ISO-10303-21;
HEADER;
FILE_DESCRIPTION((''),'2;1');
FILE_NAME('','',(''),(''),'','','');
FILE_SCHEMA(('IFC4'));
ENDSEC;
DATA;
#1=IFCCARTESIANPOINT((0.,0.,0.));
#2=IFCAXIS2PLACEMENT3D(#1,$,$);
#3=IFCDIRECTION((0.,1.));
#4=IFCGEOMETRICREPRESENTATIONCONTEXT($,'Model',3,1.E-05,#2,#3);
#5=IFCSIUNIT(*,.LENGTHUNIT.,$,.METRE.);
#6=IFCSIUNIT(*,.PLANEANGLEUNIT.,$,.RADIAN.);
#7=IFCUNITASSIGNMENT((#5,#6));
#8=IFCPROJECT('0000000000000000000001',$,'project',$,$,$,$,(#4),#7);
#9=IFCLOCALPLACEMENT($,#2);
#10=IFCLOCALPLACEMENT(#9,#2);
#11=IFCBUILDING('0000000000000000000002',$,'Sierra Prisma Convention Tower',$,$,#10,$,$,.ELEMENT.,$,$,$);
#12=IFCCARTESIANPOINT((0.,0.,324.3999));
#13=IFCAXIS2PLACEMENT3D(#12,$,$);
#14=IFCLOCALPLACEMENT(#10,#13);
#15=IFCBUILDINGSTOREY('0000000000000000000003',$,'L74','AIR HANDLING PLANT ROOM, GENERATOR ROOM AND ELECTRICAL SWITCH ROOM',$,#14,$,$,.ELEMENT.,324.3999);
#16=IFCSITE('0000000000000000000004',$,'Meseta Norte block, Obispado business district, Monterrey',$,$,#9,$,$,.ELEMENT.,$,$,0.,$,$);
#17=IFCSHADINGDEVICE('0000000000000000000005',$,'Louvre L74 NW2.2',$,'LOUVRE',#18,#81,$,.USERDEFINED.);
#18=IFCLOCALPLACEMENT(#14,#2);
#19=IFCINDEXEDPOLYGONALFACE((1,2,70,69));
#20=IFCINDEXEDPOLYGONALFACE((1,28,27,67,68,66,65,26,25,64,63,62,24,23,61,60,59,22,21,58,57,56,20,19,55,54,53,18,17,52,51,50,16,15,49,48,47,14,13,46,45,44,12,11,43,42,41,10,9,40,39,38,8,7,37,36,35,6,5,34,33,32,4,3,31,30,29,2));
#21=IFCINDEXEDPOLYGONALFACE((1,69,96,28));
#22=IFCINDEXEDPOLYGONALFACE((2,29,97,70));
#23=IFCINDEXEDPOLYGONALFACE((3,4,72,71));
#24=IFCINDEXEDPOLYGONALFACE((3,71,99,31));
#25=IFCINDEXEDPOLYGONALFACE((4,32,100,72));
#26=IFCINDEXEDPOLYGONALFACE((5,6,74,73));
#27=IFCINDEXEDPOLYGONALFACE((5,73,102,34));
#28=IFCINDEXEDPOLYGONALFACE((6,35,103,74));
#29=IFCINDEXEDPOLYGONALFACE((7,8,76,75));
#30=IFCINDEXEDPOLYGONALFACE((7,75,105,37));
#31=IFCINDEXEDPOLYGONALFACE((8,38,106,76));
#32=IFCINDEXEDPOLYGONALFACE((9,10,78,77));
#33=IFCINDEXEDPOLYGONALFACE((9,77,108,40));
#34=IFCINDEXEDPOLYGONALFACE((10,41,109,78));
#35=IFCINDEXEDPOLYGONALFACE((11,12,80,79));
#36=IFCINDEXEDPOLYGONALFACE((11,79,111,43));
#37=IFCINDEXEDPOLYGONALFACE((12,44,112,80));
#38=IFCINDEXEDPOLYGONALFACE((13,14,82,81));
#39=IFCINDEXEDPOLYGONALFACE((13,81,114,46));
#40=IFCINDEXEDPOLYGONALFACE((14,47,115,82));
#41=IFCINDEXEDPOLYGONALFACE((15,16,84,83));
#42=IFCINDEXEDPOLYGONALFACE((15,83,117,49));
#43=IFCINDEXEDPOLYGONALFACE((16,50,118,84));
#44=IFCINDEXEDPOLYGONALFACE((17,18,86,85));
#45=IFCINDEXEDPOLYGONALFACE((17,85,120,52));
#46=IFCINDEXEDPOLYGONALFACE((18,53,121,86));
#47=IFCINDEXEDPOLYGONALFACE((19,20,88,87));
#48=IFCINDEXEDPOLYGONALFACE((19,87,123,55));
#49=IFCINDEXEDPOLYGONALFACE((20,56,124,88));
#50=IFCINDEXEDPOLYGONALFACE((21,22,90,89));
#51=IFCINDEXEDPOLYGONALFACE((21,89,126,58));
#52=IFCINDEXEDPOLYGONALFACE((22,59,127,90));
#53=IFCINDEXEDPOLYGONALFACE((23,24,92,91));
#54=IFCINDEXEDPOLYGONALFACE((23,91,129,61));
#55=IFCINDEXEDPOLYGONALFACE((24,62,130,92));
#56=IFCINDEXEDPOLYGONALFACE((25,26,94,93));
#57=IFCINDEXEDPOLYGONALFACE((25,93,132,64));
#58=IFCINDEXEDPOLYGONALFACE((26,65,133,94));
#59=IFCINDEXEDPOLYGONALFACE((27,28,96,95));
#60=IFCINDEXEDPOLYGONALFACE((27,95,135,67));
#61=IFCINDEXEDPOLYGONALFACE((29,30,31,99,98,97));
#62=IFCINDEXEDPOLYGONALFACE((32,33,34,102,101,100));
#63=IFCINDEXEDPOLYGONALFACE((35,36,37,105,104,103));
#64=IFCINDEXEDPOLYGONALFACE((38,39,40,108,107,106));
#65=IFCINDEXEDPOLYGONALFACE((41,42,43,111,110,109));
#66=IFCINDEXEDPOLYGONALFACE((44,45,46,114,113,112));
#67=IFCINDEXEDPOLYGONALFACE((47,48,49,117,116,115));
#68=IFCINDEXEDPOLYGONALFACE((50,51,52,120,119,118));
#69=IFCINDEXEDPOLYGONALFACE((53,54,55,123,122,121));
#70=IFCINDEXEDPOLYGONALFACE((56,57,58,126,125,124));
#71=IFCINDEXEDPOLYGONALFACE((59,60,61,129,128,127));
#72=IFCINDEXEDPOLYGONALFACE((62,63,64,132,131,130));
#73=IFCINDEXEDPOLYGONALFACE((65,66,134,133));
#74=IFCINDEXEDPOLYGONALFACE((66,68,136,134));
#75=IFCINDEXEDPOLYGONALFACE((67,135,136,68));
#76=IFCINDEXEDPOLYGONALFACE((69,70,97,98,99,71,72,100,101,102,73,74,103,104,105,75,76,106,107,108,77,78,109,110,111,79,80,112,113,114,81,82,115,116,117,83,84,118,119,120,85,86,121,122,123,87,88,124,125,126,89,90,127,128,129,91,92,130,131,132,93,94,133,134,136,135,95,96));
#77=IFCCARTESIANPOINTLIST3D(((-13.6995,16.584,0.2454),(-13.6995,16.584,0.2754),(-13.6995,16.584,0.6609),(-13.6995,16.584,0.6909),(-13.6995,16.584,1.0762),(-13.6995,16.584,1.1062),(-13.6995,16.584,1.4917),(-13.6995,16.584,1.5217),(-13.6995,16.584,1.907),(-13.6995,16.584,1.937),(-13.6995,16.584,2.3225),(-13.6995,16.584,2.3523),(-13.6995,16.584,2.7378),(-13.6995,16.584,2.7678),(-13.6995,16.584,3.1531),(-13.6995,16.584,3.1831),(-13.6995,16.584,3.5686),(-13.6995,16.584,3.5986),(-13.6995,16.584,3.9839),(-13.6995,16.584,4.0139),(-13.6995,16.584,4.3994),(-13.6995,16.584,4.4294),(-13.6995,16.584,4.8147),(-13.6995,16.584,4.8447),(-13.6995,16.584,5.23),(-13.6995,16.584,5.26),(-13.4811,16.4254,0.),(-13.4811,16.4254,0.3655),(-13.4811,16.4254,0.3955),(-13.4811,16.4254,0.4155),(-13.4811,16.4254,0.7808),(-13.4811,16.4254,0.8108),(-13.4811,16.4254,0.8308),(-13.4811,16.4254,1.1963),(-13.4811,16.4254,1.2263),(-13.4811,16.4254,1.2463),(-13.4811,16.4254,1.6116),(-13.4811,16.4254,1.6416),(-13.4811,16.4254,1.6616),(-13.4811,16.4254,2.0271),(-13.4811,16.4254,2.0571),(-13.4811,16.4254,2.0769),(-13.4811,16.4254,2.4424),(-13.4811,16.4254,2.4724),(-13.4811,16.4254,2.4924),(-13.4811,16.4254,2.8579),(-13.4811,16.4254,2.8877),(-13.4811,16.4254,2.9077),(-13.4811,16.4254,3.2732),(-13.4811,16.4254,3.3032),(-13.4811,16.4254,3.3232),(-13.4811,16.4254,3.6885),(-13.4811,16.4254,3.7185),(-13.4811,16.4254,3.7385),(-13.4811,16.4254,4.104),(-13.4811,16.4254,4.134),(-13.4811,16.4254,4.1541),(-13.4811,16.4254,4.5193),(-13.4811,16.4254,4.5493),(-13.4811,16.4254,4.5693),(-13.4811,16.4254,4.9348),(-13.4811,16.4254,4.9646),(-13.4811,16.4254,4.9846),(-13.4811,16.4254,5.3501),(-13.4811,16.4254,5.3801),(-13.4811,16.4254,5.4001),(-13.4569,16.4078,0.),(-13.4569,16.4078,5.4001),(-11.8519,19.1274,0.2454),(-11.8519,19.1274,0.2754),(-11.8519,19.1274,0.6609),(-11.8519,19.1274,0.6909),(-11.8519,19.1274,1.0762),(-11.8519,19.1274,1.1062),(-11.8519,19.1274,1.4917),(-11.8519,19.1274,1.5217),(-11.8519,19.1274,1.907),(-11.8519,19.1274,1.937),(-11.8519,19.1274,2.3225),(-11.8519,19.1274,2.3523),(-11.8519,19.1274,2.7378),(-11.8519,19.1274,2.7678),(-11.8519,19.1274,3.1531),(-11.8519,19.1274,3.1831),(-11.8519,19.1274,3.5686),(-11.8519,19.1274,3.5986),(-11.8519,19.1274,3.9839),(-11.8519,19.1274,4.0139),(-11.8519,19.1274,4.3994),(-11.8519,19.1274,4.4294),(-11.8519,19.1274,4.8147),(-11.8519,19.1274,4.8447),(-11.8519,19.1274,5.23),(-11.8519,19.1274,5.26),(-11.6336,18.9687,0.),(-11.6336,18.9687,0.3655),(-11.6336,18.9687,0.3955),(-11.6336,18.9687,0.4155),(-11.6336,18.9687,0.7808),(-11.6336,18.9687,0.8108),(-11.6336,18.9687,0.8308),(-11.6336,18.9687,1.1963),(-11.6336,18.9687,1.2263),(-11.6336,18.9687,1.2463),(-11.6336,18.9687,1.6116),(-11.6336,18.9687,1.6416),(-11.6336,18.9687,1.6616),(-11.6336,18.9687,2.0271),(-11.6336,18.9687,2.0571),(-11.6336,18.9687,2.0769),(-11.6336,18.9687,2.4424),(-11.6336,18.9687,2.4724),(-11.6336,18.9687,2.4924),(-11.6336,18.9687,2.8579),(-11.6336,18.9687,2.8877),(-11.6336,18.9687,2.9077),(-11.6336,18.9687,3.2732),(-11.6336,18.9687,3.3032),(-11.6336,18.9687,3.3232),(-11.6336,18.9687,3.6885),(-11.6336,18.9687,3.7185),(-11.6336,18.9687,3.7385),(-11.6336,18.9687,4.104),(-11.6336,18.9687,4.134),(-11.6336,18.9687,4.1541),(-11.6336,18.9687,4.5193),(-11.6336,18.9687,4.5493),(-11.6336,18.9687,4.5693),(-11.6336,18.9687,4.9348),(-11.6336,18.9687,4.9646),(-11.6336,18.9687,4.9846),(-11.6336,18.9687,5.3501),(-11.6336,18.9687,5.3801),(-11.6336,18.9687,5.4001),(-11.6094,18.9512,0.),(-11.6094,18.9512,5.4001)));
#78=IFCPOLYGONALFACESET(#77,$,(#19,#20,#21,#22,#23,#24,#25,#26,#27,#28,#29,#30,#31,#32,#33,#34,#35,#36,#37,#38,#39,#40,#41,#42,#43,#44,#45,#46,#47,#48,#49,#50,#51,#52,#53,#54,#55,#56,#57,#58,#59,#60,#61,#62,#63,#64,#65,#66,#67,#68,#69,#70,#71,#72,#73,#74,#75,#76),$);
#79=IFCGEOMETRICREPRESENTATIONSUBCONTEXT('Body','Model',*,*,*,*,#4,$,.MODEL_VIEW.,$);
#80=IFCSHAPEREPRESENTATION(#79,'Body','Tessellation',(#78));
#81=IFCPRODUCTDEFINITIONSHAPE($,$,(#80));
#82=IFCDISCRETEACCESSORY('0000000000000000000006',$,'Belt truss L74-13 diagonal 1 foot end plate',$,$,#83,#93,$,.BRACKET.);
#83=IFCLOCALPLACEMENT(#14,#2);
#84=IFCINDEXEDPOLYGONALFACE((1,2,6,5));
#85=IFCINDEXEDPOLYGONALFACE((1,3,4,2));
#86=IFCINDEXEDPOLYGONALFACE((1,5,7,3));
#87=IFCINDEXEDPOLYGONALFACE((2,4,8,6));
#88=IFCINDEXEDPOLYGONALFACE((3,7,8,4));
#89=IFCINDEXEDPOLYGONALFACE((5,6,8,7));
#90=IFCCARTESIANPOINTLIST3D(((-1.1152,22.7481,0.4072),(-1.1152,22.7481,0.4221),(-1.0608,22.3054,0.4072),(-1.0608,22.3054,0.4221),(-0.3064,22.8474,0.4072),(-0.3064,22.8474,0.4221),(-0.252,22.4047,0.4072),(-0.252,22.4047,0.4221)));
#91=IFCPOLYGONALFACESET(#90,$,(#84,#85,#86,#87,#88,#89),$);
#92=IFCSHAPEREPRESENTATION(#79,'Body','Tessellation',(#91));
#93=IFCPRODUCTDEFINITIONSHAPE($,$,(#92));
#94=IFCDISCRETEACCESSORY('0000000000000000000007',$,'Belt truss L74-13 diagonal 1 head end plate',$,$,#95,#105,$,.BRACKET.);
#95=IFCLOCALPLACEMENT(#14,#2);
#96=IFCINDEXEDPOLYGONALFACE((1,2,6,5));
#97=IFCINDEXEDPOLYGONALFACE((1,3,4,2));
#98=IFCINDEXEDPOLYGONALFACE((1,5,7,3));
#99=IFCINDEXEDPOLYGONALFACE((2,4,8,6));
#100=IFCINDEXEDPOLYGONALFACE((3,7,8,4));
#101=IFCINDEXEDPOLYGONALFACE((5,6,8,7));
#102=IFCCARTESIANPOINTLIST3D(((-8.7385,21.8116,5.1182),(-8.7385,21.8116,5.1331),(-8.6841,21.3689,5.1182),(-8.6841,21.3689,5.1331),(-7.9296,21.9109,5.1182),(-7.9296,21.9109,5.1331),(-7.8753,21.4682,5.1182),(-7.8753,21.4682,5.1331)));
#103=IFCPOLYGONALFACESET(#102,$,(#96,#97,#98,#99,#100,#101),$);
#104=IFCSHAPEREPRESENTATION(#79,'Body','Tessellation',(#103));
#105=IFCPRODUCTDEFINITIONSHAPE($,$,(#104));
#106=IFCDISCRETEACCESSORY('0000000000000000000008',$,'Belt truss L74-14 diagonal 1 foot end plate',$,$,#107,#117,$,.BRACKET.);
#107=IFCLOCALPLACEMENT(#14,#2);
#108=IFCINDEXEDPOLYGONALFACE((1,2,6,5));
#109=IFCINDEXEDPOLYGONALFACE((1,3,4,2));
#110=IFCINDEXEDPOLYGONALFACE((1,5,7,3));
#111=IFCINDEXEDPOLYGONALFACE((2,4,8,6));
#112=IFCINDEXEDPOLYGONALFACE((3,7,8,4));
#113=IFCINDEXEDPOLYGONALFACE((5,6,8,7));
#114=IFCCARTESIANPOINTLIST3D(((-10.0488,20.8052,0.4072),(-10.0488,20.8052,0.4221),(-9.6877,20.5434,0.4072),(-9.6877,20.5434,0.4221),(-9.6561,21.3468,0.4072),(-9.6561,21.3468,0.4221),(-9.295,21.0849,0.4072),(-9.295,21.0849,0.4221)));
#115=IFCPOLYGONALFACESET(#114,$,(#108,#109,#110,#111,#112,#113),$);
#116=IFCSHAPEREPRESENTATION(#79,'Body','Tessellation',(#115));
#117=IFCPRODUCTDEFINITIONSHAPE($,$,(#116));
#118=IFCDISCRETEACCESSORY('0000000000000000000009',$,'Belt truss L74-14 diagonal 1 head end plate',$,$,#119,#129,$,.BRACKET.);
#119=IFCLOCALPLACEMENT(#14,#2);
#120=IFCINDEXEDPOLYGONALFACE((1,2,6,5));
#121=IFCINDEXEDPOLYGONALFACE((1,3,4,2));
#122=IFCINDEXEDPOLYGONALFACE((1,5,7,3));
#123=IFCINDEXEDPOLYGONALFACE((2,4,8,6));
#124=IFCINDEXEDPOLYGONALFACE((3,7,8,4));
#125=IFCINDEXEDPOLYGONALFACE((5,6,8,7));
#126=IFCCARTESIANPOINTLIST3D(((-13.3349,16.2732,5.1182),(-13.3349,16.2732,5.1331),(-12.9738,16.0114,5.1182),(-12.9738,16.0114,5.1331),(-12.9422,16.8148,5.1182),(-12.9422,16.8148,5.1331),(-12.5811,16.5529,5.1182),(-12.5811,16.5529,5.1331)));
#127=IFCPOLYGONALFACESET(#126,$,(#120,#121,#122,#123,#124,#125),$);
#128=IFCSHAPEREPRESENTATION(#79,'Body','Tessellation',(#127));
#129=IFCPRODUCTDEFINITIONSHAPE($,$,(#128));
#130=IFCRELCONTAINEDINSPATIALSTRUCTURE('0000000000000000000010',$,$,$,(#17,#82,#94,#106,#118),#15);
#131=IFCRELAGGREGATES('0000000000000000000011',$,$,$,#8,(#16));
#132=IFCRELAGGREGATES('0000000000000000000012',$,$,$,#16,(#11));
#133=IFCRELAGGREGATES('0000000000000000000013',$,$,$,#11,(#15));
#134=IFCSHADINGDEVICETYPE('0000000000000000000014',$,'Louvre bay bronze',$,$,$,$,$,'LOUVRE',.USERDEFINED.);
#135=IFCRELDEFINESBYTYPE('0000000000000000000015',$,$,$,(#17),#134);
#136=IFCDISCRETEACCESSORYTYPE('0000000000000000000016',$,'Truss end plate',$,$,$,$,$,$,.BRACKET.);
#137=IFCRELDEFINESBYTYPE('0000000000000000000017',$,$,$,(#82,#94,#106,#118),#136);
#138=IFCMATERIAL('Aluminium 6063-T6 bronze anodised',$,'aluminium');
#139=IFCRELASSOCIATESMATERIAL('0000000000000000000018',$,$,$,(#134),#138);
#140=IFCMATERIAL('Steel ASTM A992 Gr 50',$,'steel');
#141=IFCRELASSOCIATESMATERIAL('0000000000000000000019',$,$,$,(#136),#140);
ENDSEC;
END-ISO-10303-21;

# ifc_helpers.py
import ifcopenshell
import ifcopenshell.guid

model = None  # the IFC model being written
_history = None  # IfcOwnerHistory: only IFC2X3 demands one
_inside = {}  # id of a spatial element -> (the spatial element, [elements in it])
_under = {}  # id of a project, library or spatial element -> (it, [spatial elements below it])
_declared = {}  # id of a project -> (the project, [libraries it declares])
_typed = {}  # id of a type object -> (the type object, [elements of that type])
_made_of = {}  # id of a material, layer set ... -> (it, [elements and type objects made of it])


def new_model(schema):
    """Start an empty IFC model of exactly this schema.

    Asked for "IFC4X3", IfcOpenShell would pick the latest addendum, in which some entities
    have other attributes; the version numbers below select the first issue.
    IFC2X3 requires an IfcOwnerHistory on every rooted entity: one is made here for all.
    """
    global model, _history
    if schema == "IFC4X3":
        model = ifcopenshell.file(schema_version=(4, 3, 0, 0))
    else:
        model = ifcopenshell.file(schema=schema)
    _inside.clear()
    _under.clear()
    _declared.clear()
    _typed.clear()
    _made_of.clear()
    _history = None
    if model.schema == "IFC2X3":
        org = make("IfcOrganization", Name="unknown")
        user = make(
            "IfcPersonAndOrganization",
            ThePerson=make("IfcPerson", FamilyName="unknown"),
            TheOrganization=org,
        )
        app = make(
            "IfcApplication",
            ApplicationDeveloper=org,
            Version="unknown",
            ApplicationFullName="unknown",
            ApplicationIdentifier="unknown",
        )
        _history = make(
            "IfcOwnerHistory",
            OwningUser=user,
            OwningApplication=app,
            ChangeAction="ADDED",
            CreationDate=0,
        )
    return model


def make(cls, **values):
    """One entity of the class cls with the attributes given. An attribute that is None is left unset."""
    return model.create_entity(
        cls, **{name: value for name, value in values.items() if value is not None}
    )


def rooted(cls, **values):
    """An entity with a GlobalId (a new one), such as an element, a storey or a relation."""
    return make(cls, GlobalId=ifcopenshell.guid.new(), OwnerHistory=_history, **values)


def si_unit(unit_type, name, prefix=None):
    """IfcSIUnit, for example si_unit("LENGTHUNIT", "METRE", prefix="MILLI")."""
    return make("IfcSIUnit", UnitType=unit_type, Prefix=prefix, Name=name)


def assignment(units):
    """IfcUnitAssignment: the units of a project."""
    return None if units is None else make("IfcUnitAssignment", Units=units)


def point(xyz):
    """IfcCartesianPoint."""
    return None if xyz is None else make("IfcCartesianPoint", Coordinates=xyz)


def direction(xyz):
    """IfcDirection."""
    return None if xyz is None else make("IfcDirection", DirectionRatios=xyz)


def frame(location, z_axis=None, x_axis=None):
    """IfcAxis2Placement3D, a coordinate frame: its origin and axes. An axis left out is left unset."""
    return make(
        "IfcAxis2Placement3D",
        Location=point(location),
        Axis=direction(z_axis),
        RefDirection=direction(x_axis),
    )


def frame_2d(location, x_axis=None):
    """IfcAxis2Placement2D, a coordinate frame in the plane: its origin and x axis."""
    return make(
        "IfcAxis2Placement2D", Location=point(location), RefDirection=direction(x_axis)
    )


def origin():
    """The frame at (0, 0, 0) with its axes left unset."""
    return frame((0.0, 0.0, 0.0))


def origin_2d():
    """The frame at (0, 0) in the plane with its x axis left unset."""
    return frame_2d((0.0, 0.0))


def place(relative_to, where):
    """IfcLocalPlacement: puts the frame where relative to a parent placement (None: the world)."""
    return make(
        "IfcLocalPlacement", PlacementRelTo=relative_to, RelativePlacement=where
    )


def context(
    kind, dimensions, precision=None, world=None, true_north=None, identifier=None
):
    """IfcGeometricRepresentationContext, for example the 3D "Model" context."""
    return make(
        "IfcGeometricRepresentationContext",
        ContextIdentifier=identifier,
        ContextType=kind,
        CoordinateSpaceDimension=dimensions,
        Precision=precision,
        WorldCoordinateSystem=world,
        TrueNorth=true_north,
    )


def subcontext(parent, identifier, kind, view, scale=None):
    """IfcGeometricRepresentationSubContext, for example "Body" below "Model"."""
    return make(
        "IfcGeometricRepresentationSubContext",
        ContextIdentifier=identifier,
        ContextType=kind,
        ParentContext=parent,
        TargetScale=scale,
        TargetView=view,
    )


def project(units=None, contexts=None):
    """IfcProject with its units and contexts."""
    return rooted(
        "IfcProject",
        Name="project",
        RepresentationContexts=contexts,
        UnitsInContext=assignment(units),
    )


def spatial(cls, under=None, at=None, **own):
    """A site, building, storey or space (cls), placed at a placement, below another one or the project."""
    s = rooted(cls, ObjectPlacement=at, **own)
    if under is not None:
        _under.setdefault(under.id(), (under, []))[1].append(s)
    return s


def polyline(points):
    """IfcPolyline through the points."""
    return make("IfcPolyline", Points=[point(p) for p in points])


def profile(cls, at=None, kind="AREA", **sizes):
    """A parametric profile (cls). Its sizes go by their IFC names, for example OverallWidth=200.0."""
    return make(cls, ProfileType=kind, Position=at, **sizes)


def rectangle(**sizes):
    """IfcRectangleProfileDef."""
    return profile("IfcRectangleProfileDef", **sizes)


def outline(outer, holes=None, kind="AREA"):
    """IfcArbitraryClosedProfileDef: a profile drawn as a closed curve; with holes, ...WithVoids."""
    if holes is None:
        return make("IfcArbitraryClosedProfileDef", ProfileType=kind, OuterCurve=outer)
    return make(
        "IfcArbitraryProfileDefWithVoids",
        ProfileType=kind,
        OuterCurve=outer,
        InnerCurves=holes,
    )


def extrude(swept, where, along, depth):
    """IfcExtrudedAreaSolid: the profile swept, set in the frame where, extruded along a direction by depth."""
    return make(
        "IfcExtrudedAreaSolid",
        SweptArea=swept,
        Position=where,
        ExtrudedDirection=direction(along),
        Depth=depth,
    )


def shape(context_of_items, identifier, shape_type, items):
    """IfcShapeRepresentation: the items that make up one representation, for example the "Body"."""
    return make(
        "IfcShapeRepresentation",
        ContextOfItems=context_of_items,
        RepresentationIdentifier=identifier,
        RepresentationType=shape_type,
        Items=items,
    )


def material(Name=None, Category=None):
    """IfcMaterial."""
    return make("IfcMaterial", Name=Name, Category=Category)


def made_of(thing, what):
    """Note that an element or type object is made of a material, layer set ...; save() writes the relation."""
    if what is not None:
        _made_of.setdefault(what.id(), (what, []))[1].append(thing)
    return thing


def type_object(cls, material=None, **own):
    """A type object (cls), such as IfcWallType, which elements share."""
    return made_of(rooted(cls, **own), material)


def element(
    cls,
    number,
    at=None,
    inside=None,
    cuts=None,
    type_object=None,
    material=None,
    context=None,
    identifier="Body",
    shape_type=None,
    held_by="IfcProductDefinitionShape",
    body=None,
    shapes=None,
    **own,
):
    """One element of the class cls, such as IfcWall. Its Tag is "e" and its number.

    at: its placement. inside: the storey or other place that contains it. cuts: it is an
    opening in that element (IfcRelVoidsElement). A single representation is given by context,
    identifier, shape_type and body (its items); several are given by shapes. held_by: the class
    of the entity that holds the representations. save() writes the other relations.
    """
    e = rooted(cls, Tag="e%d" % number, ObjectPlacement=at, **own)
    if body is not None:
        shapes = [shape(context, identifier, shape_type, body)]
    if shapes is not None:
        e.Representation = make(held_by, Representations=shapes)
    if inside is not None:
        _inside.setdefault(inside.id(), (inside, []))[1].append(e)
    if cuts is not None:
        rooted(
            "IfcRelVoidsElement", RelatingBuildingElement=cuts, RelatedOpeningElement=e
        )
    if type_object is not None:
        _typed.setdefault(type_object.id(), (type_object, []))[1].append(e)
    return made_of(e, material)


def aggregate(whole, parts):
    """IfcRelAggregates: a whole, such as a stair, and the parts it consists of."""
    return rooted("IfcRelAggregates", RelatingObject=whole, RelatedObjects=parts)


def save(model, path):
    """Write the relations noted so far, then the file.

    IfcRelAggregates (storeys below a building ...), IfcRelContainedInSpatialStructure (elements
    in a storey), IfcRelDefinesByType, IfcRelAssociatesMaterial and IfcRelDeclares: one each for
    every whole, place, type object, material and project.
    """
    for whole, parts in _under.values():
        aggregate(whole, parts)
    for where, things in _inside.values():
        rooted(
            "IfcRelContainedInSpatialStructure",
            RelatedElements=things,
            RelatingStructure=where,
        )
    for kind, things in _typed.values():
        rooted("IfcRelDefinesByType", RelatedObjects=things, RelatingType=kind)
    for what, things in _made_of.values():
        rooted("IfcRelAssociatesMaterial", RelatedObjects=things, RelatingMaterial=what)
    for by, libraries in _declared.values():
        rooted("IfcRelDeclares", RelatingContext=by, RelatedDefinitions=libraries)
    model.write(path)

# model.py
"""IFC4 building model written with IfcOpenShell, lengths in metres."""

from ifc_helpers import new_model, si_unit, direction, frame, origin, origin_2d, place, context, subcontext, project, spatial, polyline, rectangle, outline, extrude, material, type_object, element, save


model = new_model("IFC4")

# Units and contexts
model_context = context("Model", 3, precision=1e-05, world=origin(), true_north=direction((0.0, 1.0)))
body_context = subcontext(model_context, "Body", "Model", "MODEL_VIEW")
ifc_project = project(units=[si_unit("LENGTHUNIT", "METRE"), si_unit("PLANEANGLEUNIT", "RADIAN")], contexts=[model_context])

# Site, building, storey
site_placement = place(None, origin())
site = spatial("IfcSite", under=ifc_project, at=site_placement, Name="Meseta Norte block, Obispado business district, Monterrey", CompositionType="ELEMENT", RefElevation=0.0)
building_placement = place(site_placement, origin())
building = spatial("IfcBuilding", under=site, at=building_placement, Name="Sierra Prisma Convention Tower", CompositionType="ELEMENT")
storey_placement = place(building_placement, frame((0.0, 0.0, 324.3999)))
storey = spatial("IfcBuildingStorey", under=building, at=storey_placement, Name="L74", Description="AIR HANDLING PLANT ROOM, GENERATOR ROOM AND ELECTRICAL SWITCH ROOM", CompositionType="ELEMENT", Elevation=324.3999)

# Shading device
ifc_material_1 = material(Name="Aluminium 6063-T6 bronze anodised", Category="aluminium")
shading_device_type = type_object("IfcShadingDeviceType", Name="Louvre bay bronze", ElementType="LOUVRE", PredefinedType="USERDEFINED", material=ifc_material_1)
shading_device_1_placement = place(storey_placement, frame((-11.6094, 18.9512, 0.0), z_axis=(0.587726, 0.80906, 0.0), x_axis=(0.0, 0.0, 1.0)))
element("IfcShadingDevice", 1, at=shading_device_1_placement, inside=storey, type_object=shading_device_type, Name="Louvre L74 NW2.2", ObjectType="LOUVRE", PredefinedType="USERDEFINED", context=body_context, shape_type="SweptSolid", body=[
    extrude(outline(polyline([(0.0, 0.0), (5.4001, 0.0), (5.4001, -0.0299), (5.3801, -0.0299), (5.26, -0.2998), (5.23, -0.2998), (5.3501, -0.0299), (4.9846, -0.0299), (4.9646, -0.0299), (4.8447, -0.2998), (4.8147, -0.2998), (4.9348, -0.0299), (4.5693, -0.0299), (4.5493, -0.0299), (4.4294, -0.2998), (4.3994, -0.2998), (4.5193, -0.0299), (4.1541, -0.0299), (4.134, -0.0299), (4.0139, -0.2998), (3.9839, -0.2998), (4.104, -0.0299), (3.7385, -0.0299), (3.7185, -0.0299), (3.5986, -0.2998), (3.5686, -0.2998), (3.6885, -0.0299), (3.3232, -0.0299), (3.3032, -0.0299), (3.1831, -0.2998), (3.1531, -0.2998), (3.2732, -0.0299), (2.9077, -0.0299), (2.8877, -0.0299), (2.7678, -0.2998), (2.7378, -0.2998), (2.8579, -0.0299), (2.4924, -0.0299), (2.4724, -0.0299), (2.3523, -0.2998), (2.3225, -0.2998), (2.4424, -0.0299), (2.0769, -0.0299), (2.0571, -0.0299), (1.937, -0.2998), (1.907, -0.2998), (2.0271, -0.0299), (1.6616, -0.0299), (1.6416, -0.0299), (1.5217, -0.2998), (1.4917, -0.2998), (1.6116, -0.0299), (1.2463, -0.0299), (1.2263, -0.0299), (1.1062, -0.2998), (1.0762, -0.2998), (1.1963, -0.0299), (0.8308, -0.0299), (0.8108, -0.0299), (0.6909, -0.2998), (0.6609, -0.2998), (0.7808, -0.0299), (0.4155, -0.0299), (0.3955, -0.0299), (0.2754, -0.2998), (0.2454, -0.2998), (0.3655, -0.0299), (0.0, -0.0299), (0.0, 0.0)])), origin(), (0.0, 0.0, -1.0), 3.1436),
])

# Discrete accessories
ifc_material_2 = material(Name="Steel ASTM A992 Gr 50", Category="steel")
discrete_accessory_type = type_object("IfcDiscreteAccessoryType", Name="Truss end plate", PredefinedType="BRACKET", material=ifc_material_2)
for number, where, z_axis, x_axis, name in (
    (2, (-0.6836, 22.5764, 0.4072), (0.0, 0.0, 1.0), (-0.992541, -0.121907, 0.0), "Belt truss L74-13 diagonal 1 foot end plate"),
    (3, (-8.3069, 21.6399, 5.1182), (0.0, 0.0, 1.0), (-0.992541, -0.121907, 0.0), "Belt truss L74-13 diagonal 1 head end plate"),
):
    element("IfcDiscreteAccessory", number, at=place(storey_placement, frame(where, z_axis=z_axis, x_axis=x_axis)), inside=storey, type_object=discrete_accessory_type, Name=name, PredefinedType="BRACKET", context=body_context, shape_type="SweptSolid", body=[
        extrude(rectangle(XDim=0.8149, YDim=0.446, at=origin_2d()), origin(), (0.0, 0.0, 1.0), 0.0149),
    ])
for number, where, z_axis, x_axis, name in (
    (4, (-9.6719, 20.9451, 0.4072), (0.0, 0.0, 1.0), (-0.58703, -0.809565, 0.0), "Belt truss L74-14 diagonal 1 foot end plate"),
    (5, (-12.958, 16.4131, 5.1182), (0.0, 0.0, 1.0), (-0.58703, -0.809565, 0.0), "Belt truss L74-14 diagonal 1 head end plate"),
):
    element("IfcDiscreteAccessory", number, at=place(storey_placement, frame(where, z_axis=z_axis, x_axis=x_axis)), inside=storey, type_object=discrete_accessory_type, Name=name, PredefinedType="BRACKET", context=body_context, shape_type="SweptSolid", body=[
        extrude(rectangle(XDim=0.6689, YDim=0.446, at=origin_2d()), origin(), (0.0, 0.0, 1.0), 0.0149),
    ])

save(model, "model.ifc")
